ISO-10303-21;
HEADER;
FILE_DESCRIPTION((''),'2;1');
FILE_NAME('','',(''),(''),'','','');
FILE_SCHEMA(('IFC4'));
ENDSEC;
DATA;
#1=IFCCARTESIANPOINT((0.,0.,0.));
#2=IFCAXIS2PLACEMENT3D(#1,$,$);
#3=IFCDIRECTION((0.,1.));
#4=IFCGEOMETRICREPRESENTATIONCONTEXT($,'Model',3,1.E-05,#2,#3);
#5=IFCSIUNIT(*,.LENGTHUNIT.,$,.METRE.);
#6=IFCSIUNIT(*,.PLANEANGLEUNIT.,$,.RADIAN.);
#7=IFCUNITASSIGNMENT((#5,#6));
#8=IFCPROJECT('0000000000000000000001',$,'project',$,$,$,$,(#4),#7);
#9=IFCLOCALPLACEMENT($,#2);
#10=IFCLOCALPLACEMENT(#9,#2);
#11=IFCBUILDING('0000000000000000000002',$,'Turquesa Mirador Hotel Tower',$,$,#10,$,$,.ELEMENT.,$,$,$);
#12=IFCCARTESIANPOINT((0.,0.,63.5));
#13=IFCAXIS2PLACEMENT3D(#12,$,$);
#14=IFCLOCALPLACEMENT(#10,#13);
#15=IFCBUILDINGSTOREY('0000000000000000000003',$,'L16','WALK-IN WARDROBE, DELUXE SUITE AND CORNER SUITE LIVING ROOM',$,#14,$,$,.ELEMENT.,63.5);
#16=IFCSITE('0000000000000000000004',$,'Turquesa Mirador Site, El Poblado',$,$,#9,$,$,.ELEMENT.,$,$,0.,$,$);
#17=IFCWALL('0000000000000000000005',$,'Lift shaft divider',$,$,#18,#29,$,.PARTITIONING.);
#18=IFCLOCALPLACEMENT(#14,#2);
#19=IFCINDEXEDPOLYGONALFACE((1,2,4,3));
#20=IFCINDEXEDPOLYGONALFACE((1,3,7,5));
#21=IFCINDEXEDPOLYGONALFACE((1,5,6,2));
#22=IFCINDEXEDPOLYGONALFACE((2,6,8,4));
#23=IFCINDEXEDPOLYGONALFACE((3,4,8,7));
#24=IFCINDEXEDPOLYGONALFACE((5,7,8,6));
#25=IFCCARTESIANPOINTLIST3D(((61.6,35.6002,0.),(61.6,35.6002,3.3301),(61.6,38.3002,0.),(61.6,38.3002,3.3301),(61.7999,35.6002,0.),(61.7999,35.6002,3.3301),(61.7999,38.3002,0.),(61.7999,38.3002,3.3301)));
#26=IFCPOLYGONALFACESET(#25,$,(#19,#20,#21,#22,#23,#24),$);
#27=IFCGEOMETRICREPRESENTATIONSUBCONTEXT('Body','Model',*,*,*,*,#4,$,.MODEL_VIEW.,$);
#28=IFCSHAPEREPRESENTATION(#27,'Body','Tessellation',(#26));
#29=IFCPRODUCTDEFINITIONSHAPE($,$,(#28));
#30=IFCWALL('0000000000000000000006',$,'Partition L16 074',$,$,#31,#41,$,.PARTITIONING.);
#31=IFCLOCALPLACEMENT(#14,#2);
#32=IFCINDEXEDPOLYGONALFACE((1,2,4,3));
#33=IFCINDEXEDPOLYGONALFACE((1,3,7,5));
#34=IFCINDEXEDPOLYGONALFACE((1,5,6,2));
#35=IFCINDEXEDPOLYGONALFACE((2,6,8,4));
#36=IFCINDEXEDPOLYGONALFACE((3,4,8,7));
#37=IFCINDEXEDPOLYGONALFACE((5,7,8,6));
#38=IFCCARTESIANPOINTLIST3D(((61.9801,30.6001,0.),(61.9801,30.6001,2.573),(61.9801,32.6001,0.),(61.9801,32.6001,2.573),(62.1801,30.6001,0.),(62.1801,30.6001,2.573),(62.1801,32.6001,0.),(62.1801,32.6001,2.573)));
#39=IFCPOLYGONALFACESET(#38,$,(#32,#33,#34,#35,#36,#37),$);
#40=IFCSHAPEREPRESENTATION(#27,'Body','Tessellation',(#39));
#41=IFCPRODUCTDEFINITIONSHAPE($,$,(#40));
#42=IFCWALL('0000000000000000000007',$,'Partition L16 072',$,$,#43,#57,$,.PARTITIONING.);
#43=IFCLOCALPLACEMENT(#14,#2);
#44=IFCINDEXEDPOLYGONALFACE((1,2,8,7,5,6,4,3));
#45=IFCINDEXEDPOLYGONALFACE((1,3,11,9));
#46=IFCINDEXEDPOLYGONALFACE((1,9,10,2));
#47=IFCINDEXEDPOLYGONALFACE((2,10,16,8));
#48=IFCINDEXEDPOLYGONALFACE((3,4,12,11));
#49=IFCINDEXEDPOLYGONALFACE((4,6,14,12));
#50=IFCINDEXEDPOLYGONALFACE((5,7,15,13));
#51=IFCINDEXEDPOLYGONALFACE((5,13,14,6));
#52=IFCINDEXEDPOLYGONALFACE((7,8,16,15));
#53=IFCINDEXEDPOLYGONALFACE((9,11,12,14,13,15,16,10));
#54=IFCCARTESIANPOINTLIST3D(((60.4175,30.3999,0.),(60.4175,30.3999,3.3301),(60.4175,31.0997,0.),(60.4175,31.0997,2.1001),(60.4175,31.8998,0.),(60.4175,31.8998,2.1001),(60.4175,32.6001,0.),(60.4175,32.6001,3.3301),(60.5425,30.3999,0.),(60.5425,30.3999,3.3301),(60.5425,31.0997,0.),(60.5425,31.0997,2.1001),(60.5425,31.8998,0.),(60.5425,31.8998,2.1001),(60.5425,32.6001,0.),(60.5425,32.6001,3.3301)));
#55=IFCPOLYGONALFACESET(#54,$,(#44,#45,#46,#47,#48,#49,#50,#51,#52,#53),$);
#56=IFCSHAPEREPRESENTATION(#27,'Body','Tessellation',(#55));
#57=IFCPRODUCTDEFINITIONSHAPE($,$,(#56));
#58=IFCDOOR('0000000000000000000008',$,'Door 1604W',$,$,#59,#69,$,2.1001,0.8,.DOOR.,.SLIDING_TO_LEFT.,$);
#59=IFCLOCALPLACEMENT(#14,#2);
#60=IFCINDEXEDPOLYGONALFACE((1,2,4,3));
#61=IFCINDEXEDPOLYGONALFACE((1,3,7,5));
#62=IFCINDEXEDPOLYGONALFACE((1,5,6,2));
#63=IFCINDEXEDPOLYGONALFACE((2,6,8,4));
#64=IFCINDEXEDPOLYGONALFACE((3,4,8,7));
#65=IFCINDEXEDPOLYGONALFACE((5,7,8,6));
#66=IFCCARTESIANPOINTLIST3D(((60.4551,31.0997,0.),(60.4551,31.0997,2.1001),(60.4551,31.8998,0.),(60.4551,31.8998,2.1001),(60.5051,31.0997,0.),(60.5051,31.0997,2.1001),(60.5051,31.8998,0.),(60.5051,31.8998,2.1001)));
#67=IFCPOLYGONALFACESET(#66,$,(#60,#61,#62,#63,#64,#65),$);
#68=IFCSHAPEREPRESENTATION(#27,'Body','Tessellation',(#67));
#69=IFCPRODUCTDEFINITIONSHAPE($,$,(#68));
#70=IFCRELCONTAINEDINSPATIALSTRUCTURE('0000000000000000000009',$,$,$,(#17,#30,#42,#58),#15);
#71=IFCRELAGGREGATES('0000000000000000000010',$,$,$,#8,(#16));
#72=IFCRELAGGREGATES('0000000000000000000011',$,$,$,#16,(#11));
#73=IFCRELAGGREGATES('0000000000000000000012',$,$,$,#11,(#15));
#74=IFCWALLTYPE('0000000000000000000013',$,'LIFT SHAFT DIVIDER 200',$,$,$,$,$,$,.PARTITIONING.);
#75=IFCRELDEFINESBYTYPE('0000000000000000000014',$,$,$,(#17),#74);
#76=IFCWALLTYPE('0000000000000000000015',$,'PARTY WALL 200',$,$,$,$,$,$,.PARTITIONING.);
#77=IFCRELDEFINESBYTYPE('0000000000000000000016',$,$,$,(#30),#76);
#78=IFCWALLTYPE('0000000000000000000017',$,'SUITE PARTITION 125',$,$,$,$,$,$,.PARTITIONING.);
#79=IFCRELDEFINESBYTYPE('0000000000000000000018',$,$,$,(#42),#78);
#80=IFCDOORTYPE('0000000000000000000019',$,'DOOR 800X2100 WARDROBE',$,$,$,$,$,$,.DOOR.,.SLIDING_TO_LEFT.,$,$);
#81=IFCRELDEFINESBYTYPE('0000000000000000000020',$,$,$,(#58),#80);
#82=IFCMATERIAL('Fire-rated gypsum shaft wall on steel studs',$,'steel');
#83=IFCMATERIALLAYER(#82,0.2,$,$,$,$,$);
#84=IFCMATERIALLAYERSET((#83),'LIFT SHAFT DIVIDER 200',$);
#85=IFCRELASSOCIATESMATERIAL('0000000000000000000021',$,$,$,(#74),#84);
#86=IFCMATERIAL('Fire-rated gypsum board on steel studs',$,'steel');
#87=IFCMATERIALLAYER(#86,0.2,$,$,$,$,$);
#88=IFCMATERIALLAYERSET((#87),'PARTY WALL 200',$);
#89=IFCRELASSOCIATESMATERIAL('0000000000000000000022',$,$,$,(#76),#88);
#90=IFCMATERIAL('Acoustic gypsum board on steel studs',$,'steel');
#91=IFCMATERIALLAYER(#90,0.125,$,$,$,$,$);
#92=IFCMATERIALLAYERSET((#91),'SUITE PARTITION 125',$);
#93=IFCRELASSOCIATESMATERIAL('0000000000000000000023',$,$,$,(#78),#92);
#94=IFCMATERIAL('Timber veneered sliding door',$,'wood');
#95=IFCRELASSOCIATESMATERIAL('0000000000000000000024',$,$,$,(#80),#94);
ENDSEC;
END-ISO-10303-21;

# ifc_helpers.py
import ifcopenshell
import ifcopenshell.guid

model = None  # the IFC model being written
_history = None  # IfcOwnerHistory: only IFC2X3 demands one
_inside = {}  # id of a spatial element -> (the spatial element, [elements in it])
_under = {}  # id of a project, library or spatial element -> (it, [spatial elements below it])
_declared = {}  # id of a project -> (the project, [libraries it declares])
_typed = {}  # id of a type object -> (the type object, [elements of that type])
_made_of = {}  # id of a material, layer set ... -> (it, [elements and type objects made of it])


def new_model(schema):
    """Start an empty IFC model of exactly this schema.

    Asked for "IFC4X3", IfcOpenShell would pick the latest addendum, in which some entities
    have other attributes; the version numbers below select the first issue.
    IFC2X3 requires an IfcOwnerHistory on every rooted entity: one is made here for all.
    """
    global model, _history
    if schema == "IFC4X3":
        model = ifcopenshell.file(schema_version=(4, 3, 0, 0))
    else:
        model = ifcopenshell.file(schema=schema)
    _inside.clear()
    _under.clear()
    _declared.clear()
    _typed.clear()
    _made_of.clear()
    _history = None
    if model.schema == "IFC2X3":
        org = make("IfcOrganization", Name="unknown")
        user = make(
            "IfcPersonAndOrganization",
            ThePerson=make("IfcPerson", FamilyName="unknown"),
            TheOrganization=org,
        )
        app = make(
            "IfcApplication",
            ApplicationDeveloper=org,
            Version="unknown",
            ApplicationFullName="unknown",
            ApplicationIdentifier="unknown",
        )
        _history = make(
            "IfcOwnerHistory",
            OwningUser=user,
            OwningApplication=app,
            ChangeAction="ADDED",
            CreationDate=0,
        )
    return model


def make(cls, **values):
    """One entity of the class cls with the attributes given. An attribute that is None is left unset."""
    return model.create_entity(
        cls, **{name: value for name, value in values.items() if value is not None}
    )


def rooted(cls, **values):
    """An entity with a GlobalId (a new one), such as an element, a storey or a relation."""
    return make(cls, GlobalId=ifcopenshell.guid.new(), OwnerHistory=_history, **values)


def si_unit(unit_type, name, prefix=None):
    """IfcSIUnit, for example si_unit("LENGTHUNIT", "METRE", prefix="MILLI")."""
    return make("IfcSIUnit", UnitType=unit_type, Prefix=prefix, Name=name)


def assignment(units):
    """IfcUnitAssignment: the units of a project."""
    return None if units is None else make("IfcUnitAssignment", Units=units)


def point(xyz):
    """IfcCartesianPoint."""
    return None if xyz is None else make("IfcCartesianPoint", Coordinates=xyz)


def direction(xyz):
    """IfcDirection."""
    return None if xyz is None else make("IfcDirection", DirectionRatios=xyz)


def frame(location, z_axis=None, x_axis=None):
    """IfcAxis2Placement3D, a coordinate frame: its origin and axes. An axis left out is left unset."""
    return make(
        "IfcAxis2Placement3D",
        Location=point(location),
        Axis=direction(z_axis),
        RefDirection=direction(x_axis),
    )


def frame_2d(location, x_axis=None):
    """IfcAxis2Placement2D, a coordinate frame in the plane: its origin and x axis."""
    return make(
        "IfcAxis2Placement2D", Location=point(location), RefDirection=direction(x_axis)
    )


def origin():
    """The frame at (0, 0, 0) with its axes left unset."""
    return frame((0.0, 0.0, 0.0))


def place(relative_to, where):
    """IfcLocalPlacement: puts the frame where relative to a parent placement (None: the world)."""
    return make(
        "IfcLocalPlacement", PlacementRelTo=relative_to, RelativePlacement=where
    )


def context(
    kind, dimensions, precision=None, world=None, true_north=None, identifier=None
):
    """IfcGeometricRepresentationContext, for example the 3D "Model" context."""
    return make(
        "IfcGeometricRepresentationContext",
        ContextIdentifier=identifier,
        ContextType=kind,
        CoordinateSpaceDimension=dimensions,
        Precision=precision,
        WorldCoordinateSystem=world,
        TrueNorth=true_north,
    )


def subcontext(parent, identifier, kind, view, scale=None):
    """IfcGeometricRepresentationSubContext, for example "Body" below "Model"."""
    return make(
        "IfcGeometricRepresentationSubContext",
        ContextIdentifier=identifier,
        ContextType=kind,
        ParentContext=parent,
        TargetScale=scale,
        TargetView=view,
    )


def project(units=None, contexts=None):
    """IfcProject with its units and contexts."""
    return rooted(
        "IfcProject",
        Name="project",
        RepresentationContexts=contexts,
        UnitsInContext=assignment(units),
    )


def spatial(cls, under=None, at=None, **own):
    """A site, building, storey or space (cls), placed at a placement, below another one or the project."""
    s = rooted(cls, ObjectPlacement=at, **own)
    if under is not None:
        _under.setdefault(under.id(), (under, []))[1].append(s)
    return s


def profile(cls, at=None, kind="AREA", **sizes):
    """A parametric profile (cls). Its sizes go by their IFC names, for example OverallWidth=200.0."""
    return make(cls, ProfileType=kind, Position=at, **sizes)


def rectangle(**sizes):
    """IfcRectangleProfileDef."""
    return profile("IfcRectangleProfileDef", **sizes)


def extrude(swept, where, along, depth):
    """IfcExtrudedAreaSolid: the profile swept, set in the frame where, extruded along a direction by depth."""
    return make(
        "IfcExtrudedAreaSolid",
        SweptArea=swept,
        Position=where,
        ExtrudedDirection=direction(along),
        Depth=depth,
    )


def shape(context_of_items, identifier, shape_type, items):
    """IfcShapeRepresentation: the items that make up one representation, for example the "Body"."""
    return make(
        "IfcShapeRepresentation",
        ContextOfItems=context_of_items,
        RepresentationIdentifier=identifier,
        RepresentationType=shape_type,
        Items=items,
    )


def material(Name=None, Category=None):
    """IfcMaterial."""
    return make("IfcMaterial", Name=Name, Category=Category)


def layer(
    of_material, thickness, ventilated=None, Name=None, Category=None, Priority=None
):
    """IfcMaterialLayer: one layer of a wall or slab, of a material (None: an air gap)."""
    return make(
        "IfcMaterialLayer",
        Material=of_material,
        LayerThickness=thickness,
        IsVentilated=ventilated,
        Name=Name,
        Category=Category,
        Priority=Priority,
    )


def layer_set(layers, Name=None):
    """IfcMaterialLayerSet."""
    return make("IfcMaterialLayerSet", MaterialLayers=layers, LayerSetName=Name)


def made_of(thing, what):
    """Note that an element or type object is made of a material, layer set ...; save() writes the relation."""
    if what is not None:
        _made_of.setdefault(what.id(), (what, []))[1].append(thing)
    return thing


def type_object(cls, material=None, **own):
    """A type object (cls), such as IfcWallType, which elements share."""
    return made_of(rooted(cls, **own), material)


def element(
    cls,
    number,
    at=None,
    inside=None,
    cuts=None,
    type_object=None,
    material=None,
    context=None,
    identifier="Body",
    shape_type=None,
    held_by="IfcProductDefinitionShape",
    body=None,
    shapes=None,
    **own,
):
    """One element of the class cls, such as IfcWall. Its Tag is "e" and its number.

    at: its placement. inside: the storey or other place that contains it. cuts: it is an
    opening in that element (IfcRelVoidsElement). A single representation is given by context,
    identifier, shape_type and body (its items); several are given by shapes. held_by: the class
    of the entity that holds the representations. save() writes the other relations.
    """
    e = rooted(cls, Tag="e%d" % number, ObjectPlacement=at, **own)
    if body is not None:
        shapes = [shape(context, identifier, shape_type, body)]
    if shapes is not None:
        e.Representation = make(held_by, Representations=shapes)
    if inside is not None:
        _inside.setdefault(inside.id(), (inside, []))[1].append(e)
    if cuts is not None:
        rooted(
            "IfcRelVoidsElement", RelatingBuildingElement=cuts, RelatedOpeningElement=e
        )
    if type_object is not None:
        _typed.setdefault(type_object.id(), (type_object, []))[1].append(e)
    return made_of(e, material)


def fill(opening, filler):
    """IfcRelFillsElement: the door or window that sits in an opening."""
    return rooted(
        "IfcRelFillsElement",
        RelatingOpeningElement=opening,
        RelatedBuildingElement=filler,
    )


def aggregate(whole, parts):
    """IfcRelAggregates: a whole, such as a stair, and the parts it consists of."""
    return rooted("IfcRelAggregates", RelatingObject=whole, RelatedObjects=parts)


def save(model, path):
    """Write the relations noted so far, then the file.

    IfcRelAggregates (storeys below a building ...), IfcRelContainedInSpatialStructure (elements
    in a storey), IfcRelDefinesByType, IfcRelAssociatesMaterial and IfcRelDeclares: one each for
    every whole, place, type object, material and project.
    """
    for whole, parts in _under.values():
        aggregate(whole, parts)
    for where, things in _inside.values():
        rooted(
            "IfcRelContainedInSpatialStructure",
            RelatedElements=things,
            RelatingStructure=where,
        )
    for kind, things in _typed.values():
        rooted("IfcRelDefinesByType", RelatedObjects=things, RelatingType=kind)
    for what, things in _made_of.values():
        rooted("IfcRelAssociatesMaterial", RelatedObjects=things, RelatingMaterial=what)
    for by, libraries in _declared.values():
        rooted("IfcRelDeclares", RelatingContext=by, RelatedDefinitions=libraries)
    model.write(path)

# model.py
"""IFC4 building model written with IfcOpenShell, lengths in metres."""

from ifc_helpers import new_model, si_unit, direction, frame, frame_2d, origin, place, context, subcontext, project, spatial, rectangle, extrude, material, layer, layer_set, type_object, element, fill, save


model = new_model("IFC4")

# Units and contexts
model_context = context("Model", 3, precision=1e-05, world=origin(), true_north=direction((0.0, 1.0)))
body_context = subcontext(model_context, "Body", "Model", "MODEL_VIEW")
ifc_project = project(units=[si_unit("LENGTHUNIT", "METRE"), si_unit("PLANEANGLEUNIT", "RADIAN")], contexts=[model_context])

# Site, building, storey
site_placement = place(None, origin())
site = spatial("IfcSite", under=ifc_project, at=site_placement, Name="Turquesa Mirador Site, El Poblado", CompositionType="ELEMENT", RefElevation=0.0)
building_placement = place(site_placement, origin())
building = spatial("IfcBuilding", under=site, at=building_placement, Name="Turquesa Mirador Hotel Tower", CompositionType="ELEMENT")
storey_placement = place(building_placement, frame((0.0, 0.0, 63.5)))
storey = spatial("IfcBuildingStorey", under=building, at=storey_placement, Name="L16", Description="WALK-IN WARDROBE, DELUXE SUITE AND CORNER SUITE LIVING ROOM", CompositionType="ELEMENT", Elevation=63.5)

# Walls
ifc_material_1 = material(Name="Fire-rated gypsum shaft wall on steel studs", Category="steel")
ifc_layer_1 = layer(ifc_material_1, 0.2)
ifc_layer_set_1 = layer_set([ifc_layer_1], Name="LIFT SHAFT DIVIDER 200")
wall_type_1 = type_object("IfcWallType", Name="LIFT SHAFT DIVIDER 200", PredefinedType="PARTITIONING", material=ifc_layer_set_1)
for number, where, z_axis, x_axis, name in (
    (1, (61.7, 35.6001, 0.0), (0.0, 0.0, 1.0), (0.0, 1.0, 0.0), "Lift shaft divider"),
):
    element("IfcWall", number, at=place(storey_placement, frame(where, z_axis=z_axis, x_axis=x_axis)), inside=storey, type_object=wall_type_1, Name=name, PredefinedType="PARTITIONING", context=body_context, shape_type="SweptSolid", body=[
        extrude(rectangle(XDim=2.7, YDim=0.2, at=frame_2d((1.3501, 0.0))), origin(), (0.0, 0.0, 1.0), 3.3301),
    ])
ifc_material_2 = material(Name="Fire-rated gypsum board on steel studs", Category="steel")
ifc_layer_2 = layer(ifc_material_2, 0.2)
ifc_layer_set_2 = layer_set([ifc_layer_2], Name="PARTY WALL 200")
wall_type_2 = type_object("IfcWallType", Name="PARTY WALL 200", PredefinedType="PARTITIONING", material=ifc_layer_set_2)
wall_1_placement = place(storey_placement, frame((62.0801, 30.6001, 0.0), z_axis=(0.0, 0.0, 1.0), x_axis=(0.0, 1.0, 0.0)))
element("IfcWall", 2, at=wall_1_placement, inside=storey, type_object=wall_type_2, Name="Partition L16 074", PredefinedType="PARTITIONING", context=body_context, shape_type="SweptSolid", body=[
    extrude(rectangle(XDim=2.0, YDim=0.2, at=frame_2d((1.0, 0.0))), origin(), (0.0, 0.0, 1.0), 2.573),
])

# Wall, opening, door
ifc_material_3 = material(Name="Acoustic gypsum board on steel studs", Category="steel")
ifc_layer_3 = layer(ifc_material_3, 0.125)
ifc_layer_set_3 = layer_set([ifc_layer_3], Name="SUITE PARTITION 125")
wall_type_3 = type_object("IfcWallType", Name="SUITE PARTITION 125", PredefinedType="PARTITIONING", material=ifc_layer_set_3)
wall_2_placement = place(storey_placement, frame((60.48, 30.3999, 0.0), z_axis=(0.0, 0.0, 1.0), x_axis=(0.0, 1.0, 0.0)))
wall_2 = element("IfcWall", 3, at=wall_2_placement, inside=storey, type_object=wall_type_3, Name="Partition L16 072", PredefinedType="PARTITIONING", context=body_context, shape_type="SweptSolid", body=[
    extrude(rectangle(XDim=2.2002, YDim=0.125, at=frame_2d((1.1001, 0.0))), origin(), (0.0, 0.0, 1.0), 3.3301),
])
opening_1_placement = place(wall_2_placement, frame((0.7, 0.0, 0.0)))
opening_1 = element("IfcOpeningElement", 4, at=opening_1_placement, cuts=wall_2, PredefinedType="OPENING", context=body_context, shape_type="SweptSolid", body=[
    extrude(rectangle(XDim=0.8, YDim=2.1001, at=frame_2d((0.3999, 1.05))), frame((0.0, 0.0725, 0.0), z_axis=(0.0, -1.0, 0.0), x_axis=(1.0, 0.0, 0.0)), (0.0, 0.0, 1.0), 0.145),
])
ifc_material_4 = material(Name="Timber veneered sliding door", Category="wood")
door_type_1 = type_object("IfcDoorType", Name="DOOR 800X2100 WARDROBE", OperationType="SLIDING_TO_LEFT", PredefinedType="DOOR", material=ifc_material_4)
door_1_placement = place(opening_1_placement, origin())
door_1 = element("IfcDoor", 5, at=door_1_placement, inside=storey, type_object=door_type_1, Name="Door 1604W", OperationType="SLIDING_TO_LEFT", OverallHeight=2.1001, OverallWidth=0.8, PredefinedType="DOOR", context=body_context, shape_type="SweptSolid", body=[
    extrude(rectangle(XDim=0.8, YDim=2.1001, at=frame_2d((0.3999, 1.05))), frame((0.0, 0.0249, 0.0), z_axis=(0.0, -1.0, 0.0), x_axis=(1.0, 0.0, 0.0)), (0.0, 0.0, 1.0), 0.05),
])
fill(opening_1, door_1)

save(model, "model.ifc")
